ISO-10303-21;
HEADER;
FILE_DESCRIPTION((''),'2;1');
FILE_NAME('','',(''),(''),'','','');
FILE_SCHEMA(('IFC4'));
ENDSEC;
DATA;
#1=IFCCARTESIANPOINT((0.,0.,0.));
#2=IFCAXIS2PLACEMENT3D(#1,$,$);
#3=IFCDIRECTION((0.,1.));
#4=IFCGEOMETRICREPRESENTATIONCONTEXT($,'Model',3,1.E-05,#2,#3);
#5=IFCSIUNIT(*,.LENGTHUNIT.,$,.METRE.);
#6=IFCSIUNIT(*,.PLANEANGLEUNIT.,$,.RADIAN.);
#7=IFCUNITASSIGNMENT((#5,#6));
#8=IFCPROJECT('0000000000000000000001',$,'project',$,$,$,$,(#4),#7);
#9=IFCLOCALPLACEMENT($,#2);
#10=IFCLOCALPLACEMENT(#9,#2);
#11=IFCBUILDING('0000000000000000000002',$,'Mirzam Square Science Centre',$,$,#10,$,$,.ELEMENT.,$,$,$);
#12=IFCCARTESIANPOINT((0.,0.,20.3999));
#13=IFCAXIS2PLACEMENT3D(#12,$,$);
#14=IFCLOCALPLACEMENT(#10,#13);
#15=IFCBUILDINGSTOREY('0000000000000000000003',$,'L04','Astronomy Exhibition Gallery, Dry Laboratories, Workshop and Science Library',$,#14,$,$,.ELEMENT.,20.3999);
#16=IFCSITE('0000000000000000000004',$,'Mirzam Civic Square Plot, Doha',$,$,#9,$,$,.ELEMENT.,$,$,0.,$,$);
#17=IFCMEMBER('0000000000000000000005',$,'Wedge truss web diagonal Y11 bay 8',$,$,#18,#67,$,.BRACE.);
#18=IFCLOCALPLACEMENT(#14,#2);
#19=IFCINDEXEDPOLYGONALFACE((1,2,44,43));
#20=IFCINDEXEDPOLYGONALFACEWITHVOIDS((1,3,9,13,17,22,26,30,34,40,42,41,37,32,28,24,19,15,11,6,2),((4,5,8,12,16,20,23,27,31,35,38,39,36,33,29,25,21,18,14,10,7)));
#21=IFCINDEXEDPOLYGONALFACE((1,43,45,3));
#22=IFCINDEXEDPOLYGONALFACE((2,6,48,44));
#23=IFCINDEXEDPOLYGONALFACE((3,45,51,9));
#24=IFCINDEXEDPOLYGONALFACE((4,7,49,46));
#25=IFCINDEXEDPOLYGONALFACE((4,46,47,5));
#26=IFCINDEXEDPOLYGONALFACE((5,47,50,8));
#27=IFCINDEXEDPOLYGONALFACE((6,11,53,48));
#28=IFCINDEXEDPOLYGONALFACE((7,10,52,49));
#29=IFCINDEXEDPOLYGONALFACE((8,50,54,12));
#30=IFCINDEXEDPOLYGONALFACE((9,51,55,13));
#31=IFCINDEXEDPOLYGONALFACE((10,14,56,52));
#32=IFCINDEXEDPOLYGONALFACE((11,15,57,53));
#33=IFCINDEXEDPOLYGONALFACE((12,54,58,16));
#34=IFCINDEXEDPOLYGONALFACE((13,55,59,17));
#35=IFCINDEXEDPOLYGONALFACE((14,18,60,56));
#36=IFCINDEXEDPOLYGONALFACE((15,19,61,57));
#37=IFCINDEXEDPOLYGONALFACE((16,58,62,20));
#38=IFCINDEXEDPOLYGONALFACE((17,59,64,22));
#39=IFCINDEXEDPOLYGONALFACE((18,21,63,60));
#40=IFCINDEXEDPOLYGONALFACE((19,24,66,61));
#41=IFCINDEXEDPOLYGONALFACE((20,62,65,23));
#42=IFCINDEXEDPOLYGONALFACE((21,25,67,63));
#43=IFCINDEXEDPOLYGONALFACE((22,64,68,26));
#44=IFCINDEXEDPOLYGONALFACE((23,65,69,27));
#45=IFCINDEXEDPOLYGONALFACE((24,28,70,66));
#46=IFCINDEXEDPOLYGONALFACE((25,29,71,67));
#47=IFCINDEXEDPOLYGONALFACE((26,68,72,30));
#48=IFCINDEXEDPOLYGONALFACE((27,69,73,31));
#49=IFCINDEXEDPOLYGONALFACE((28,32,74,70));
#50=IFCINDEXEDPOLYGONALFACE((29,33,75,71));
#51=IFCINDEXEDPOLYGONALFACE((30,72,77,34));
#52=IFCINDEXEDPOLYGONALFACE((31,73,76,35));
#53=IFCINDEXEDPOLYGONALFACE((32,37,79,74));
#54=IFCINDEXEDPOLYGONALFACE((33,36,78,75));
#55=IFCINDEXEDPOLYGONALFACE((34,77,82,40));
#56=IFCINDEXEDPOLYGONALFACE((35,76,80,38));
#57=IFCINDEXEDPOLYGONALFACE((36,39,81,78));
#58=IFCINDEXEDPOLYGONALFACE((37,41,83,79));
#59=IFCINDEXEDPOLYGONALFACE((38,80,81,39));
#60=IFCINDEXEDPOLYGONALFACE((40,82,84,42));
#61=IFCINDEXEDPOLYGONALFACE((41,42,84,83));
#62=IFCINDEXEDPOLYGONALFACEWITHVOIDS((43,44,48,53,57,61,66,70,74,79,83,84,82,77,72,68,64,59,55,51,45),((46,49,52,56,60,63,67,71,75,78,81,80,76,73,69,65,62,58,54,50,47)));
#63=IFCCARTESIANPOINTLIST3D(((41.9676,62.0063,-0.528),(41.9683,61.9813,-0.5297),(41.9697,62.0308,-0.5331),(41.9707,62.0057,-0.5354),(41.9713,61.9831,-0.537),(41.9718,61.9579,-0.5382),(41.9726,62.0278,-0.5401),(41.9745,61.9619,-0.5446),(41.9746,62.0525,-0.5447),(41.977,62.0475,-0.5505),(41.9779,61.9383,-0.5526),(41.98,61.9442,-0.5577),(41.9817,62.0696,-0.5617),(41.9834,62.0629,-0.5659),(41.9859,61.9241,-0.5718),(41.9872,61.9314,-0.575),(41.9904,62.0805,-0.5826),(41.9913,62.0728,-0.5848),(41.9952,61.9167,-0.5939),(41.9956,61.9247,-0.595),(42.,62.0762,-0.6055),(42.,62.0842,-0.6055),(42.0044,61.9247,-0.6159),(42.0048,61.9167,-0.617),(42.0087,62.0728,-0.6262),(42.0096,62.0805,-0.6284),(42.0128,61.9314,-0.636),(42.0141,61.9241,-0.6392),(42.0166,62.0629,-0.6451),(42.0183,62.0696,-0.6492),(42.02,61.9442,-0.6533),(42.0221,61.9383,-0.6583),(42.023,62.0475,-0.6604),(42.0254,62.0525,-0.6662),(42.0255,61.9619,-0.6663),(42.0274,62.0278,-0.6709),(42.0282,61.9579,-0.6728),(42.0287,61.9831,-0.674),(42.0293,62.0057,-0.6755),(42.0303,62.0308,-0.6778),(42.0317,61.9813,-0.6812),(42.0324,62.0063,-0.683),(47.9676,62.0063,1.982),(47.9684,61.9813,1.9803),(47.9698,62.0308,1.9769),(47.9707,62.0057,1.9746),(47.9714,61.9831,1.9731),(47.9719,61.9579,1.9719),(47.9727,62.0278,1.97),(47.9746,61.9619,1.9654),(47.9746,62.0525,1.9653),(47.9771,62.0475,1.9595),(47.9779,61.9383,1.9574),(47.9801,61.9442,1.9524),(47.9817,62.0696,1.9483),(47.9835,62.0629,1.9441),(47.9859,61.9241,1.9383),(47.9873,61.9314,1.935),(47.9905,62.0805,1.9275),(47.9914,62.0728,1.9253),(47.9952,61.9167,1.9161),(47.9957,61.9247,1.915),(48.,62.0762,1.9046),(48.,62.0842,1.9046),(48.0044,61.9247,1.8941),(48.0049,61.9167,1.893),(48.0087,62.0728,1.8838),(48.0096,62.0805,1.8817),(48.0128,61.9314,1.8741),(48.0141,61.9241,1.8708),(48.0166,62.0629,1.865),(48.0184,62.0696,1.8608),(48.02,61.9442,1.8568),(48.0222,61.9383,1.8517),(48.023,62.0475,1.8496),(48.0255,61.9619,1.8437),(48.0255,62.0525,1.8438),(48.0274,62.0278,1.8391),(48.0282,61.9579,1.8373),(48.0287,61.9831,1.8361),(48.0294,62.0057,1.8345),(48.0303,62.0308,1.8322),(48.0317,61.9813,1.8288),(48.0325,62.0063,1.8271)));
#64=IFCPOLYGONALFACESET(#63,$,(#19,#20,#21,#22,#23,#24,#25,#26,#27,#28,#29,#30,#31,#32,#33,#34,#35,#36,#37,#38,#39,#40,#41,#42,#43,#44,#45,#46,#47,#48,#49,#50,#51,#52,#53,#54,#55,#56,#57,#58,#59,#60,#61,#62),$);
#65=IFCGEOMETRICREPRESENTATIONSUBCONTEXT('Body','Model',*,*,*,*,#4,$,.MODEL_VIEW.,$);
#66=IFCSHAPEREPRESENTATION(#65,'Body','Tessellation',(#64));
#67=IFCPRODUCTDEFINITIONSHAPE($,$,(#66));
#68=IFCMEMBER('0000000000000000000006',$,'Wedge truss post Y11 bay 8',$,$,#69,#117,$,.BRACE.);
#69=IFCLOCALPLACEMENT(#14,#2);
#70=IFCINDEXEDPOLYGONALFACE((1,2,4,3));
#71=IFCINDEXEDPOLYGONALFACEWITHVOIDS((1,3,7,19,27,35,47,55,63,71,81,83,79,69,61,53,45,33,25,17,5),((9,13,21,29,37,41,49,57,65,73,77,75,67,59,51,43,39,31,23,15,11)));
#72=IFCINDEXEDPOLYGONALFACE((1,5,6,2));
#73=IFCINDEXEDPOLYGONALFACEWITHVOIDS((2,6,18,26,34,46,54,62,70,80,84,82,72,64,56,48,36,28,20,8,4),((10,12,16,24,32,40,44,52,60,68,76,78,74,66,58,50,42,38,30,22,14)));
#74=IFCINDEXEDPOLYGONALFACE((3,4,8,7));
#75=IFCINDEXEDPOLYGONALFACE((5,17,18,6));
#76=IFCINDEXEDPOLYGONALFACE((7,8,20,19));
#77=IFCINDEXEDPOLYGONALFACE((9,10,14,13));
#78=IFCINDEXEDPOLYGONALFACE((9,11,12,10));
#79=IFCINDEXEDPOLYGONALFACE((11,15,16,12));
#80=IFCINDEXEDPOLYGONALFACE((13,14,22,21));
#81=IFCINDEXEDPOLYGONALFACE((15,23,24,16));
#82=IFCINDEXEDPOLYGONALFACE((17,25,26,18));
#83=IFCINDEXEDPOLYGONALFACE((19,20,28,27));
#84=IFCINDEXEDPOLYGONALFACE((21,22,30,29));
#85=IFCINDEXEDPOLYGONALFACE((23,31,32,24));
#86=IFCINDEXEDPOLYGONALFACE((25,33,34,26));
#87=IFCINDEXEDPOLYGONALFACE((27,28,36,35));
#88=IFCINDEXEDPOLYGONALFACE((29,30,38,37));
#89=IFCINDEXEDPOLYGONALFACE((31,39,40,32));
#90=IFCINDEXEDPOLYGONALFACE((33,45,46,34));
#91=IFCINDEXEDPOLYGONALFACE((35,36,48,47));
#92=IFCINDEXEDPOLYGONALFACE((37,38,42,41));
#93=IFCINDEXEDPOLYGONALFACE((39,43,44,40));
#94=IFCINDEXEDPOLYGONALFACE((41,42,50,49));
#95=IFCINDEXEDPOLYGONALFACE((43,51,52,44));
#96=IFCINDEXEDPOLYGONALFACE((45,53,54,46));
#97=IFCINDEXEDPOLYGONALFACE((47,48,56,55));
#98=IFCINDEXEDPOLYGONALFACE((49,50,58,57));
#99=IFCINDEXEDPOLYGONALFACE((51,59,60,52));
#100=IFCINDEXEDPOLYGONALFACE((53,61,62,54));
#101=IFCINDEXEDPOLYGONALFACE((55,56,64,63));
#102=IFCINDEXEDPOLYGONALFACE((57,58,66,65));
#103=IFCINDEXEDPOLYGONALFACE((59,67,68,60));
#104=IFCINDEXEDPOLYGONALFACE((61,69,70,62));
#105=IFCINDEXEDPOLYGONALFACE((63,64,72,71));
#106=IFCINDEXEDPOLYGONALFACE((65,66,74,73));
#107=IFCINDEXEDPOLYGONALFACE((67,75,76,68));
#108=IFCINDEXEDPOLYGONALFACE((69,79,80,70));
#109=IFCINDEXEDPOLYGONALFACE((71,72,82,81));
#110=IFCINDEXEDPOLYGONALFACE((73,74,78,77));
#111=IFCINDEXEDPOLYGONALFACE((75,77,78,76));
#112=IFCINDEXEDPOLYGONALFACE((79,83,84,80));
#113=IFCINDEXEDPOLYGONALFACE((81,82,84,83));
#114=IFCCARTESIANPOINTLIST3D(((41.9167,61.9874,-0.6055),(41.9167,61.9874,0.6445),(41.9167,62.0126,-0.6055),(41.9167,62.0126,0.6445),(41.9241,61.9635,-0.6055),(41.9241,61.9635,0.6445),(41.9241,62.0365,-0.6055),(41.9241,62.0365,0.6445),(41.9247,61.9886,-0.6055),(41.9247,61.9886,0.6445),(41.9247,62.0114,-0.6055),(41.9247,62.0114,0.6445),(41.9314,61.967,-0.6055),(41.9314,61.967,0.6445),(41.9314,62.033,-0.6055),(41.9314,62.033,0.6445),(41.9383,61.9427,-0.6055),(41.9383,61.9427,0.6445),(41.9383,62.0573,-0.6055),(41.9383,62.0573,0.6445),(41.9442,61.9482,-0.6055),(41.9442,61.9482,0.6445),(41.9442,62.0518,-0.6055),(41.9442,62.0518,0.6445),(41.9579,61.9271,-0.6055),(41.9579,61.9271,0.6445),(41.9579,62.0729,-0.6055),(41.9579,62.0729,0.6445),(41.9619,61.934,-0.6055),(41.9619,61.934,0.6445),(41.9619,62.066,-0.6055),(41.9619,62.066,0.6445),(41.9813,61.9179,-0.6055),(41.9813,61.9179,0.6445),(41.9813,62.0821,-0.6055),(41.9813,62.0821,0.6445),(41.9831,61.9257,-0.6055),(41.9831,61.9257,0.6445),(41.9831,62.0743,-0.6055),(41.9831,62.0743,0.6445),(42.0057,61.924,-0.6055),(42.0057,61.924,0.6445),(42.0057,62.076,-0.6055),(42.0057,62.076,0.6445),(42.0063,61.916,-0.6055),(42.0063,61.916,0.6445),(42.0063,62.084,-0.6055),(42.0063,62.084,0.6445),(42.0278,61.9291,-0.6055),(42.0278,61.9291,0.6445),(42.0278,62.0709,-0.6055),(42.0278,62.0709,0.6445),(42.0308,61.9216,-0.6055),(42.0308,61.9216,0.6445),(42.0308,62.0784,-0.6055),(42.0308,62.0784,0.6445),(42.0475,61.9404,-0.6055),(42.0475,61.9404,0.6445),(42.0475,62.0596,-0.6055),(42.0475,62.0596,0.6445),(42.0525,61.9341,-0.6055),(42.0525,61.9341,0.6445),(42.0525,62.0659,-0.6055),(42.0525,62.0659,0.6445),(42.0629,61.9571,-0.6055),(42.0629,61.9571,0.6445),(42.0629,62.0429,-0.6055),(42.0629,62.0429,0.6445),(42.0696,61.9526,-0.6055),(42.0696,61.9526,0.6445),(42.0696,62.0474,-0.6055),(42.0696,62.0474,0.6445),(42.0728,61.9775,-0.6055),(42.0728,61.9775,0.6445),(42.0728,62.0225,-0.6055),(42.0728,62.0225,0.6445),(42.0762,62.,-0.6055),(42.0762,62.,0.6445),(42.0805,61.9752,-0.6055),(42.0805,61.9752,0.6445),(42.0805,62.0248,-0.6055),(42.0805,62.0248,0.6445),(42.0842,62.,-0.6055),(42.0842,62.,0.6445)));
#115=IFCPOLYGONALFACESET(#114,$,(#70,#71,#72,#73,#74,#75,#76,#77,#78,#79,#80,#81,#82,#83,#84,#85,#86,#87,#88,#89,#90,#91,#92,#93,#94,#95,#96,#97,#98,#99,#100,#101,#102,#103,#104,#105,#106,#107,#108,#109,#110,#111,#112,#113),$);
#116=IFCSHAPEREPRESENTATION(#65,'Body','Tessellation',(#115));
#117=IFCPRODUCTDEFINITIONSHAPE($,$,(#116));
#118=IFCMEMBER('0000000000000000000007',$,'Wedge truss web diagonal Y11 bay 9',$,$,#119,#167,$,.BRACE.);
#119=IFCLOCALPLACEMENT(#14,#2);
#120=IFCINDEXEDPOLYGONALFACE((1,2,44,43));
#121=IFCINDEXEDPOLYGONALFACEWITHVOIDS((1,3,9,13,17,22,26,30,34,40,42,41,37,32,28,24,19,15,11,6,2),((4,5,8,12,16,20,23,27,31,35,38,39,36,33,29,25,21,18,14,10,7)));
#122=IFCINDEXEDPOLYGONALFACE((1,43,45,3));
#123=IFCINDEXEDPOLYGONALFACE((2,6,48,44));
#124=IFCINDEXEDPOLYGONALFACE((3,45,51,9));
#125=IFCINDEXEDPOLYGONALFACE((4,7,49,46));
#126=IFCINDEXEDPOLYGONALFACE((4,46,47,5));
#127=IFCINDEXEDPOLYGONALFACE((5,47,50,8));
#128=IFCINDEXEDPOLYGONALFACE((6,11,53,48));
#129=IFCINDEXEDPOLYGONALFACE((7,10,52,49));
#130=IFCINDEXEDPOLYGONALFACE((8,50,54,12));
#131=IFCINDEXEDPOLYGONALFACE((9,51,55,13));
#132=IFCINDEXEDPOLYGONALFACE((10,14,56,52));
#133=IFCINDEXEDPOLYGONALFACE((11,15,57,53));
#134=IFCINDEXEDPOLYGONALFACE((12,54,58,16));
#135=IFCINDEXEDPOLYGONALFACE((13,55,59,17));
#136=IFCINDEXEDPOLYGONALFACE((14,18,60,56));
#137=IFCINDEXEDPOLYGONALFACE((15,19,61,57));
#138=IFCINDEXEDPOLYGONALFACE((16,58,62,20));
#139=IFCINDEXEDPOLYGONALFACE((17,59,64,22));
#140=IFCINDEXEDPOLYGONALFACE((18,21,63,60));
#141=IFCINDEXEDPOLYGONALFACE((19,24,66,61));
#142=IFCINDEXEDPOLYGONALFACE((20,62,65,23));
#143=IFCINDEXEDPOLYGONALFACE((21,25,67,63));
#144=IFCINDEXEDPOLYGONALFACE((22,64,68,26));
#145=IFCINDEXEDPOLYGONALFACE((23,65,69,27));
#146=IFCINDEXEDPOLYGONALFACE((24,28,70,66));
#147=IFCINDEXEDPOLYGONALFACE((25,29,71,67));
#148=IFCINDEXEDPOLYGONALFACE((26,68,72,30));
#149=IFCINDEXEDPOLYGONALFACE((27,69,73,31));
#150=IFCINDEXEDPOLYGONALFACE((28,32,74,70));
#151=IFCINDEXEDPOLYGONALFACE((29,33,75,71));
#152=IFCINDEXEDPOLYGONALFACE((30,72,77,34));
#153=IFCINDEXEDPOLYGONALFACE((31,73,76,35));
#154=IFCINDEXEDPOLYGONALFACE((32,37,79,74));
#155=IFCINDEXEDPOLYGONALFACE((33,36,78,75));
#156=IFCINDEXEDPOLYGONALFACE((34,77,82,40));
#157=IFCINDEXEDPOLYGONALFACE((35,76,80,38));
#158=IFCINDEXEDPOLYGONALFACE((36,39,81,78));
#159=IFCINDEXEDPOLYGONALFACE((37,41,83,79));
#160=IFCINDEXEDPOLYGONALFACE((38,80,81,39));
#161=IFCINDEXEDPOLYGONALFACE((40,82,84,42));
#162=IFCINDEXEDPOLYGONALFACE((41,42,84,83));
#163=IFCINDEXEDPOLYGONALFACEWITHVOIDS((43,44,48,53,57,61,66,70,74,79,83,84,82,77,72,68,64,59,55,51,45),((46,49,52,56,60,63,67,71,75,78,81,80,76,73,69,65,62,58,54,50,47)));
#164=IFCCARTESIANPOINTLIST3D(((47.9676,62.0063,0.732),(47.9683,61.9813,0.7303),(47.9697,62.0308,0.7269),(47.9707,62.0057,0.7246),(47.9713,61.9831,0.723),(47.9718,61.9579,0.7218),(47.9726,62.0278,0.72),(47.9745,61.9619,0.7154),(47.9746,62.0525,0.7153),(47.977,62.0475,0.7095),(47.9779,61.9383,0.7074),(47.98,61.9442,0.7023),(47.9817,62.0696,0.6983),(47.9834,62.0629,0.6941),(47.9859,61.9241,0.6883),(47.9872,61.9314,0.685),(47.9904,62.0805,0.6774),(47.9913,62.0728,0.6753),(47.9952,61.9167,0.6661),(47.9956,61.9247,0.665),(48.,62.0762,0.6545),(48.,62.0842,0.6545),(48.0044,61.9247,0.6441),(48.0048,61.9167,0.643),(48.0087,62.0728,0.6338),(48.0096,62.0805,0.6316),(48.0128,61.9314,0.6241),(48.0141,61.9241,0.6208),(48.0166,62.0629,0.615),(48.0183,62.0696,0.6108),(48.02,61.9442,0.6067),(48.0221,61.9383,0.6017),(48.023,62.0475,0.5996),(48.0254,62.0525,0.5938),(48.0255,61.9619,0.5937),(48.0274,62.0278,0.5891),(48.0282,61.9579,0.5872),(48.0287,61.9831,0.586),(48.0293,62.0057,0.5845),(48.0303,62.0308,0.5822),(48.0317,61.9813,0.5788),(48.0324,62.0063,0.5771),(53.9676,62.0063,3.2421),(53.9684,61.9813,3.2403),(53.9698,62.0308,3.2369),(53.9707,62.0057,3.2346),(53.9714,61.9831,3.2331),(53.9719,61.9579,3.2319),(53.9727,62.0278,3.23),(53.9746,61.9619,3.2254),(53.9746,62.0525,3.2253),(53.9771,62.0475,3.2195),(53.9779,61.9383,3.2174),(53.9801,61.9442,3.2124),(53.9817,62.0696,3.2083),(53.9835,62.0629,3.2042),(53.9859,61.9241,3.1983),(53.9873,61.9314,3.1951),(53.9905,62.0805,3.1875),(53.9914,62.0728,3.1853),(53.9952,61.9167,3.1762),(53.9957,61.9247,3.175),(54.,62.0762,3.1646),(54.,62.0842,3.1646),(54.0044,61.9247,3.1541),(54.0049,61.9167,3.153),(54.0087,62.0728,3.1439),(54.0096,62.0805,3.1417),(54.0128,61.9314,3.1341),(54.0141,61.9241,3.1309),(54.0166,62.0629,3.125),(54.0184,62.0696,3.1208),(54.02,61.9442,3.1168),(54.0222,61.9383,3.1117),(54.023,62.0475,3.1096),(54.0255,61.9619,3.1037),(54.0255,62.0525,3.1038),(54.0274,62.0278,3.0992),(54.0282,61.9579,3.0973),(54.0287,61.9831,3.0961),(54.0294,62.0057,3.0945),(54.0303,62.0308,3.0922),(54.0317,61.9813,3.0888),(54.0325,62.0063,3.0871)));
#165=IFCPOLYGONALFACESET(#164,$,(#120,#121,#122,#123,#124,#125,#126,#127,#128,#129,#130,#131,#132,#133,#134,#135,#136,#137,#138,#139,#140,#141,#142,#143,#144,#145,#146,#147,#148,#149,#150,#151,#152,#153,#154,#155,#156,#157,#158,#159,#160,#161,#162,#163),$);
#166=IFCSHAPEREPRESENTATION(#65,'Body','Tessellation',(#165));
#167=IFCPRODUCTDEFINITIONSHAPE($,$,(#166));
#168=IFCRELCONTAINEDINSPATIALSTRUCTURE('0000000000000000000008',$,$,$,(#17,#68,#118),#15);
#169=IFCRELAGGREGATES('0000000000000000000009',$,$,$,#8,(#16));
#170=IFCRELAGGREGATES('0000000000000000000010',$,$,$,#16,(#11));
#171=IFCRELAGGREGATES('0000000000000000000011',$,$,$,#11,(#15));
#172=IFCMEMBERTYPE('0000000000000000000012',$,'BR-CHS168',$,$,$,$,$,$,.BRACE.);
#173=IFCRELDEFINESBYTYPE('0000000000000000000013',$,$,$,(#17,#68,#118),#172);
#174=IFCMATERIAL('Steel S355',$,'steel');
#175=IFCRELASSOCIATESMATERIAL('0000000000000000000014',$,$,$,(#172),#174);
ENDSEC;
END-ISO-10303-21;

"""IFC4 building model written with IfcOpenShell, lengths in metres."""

from ifc_helpers import new_model, si_unit, direction, frame, origin, origin_2d, place, context, subcontext, project, spatial, hollow_circle, extrude, material, material_profile, profile_set, type_object, element, save


model = new_model("IFC4")

# Units and contexts
model_context = context("Model", 3, precision=1e-05, world=origin(), true_north=direction((0.0, 1.0)))
body_context = subcontext(model_context, "Body", "Model", "MODEL_VIEW")
ifc_project = project(units=[si_unit("LENGTHUNIT", "METRE"), si_unit("PLANEANGLEUNIT", "RADIAN")], contexts=[model_context])

# Site, building, storey
site_placement = place(None, origin())
site = spatial("IfcSite", under=ifc_project, at=site_placement, Name="Mirzam Civic Square Plot, Doha", CompositionType="ELEMENT", RefElevation=0.0)
building_placement = place(site_placement, origin())
building = spatial("IfcBuilding", under=site, at=building_placement, Name="Mirzam Square Science Centre", CompositionType="ELEMENT")
storey_placement = place(building_placement, frame((0.0, 0.0, 20.3999)))
storey = spatial("IfcBuildingStorey", under=building, at=storey_placement, Name="L04", Description="Astronomy Exhibition Gallery, Dry Laboratories, Workshop and Science Library", CompositionType="ELEMENT", Elevation=20.3999)

# Members
ifc_material = material(Name="Steel S355", Category="steel")
ifc_material_profile_1 = material_profile(ifc_material, hollow_circle(Radius=0.0842, WallThickness=0.0081, at=origin_2d()), Name="168.3x8.0CHS")
ifc_profile_set_1 = profile_set([ifc_material_profile_1], Name="Steel S355")
member_type_1 = type_object("IfcMemberType", Name="BR-CHS168", PredefinedType="BRACE", material=ifc_profile_set_1)
member_1_placement = place(storey_placement, frame((42.0, 62.0, -0.6055), z_axis=(0.92253, 0.0, 0.385926), x_axis=(0.0, 1.0, 0.0)))
element("IfcMember", 1, at=member_1_placement, inside=storey, type_object=member_type_1, Name="Wedge truss web diagonal Y11 bay 8", PredefinedType="BRACE", context=body_context, shape_type="SweptSolid", body=[
    extrude(hollow_circle(Radius=0.0842, WallThickness=0.0081, at=origin_2d()), origin(), (0.0, 0.0, 1.0), 6.5039),
])
member_2_placement = place(storey_placement, frame((42.0, 62.0, -0.6055), z_axis=(0.0, 0.0, 1.0), x_axis=(1.0, 0.0, 0.0)))
element("IfcMember", 2, at=member_2_placement, inside=storey, type_object=member_type_1, Name="Wedge truss post Y11 bay 8", PredefinedType="BRACE", context=body_context, shape_type="SweptSolid", body=[
    extrude(hollow_circle(Radius=0.0842, WallThickness=0.0081, at=origin_2d()), origin(), (0.0, 0.0, 1.0), 1.25),
])
for number, where, z_axis, x_axis, name in (
    (3, (48.0, 62.0, 0.6545), (0.92253, 0.0, 0.385926), (0.0, 1.0, 0.0), "Wedge truss web diagonal Y11 bay 9"),
):
    element("IfcMember", number, at=place(storey_placement, frame(where, z_axis=z_axis, x_axis=x_axis)), inside=storey, type_object=member_type_1, Name=name, PredefinedType="BRACE", context=body_context, shape_type="SweptSolid", body=[
        extrude(hollow_circle(Radius=0.0842, WallThickness=0.0081, at=origin_2d()), origin(), (0.0, 0.0, 1.0), 6.5039),
    ])

save(model, "model.ifc")
